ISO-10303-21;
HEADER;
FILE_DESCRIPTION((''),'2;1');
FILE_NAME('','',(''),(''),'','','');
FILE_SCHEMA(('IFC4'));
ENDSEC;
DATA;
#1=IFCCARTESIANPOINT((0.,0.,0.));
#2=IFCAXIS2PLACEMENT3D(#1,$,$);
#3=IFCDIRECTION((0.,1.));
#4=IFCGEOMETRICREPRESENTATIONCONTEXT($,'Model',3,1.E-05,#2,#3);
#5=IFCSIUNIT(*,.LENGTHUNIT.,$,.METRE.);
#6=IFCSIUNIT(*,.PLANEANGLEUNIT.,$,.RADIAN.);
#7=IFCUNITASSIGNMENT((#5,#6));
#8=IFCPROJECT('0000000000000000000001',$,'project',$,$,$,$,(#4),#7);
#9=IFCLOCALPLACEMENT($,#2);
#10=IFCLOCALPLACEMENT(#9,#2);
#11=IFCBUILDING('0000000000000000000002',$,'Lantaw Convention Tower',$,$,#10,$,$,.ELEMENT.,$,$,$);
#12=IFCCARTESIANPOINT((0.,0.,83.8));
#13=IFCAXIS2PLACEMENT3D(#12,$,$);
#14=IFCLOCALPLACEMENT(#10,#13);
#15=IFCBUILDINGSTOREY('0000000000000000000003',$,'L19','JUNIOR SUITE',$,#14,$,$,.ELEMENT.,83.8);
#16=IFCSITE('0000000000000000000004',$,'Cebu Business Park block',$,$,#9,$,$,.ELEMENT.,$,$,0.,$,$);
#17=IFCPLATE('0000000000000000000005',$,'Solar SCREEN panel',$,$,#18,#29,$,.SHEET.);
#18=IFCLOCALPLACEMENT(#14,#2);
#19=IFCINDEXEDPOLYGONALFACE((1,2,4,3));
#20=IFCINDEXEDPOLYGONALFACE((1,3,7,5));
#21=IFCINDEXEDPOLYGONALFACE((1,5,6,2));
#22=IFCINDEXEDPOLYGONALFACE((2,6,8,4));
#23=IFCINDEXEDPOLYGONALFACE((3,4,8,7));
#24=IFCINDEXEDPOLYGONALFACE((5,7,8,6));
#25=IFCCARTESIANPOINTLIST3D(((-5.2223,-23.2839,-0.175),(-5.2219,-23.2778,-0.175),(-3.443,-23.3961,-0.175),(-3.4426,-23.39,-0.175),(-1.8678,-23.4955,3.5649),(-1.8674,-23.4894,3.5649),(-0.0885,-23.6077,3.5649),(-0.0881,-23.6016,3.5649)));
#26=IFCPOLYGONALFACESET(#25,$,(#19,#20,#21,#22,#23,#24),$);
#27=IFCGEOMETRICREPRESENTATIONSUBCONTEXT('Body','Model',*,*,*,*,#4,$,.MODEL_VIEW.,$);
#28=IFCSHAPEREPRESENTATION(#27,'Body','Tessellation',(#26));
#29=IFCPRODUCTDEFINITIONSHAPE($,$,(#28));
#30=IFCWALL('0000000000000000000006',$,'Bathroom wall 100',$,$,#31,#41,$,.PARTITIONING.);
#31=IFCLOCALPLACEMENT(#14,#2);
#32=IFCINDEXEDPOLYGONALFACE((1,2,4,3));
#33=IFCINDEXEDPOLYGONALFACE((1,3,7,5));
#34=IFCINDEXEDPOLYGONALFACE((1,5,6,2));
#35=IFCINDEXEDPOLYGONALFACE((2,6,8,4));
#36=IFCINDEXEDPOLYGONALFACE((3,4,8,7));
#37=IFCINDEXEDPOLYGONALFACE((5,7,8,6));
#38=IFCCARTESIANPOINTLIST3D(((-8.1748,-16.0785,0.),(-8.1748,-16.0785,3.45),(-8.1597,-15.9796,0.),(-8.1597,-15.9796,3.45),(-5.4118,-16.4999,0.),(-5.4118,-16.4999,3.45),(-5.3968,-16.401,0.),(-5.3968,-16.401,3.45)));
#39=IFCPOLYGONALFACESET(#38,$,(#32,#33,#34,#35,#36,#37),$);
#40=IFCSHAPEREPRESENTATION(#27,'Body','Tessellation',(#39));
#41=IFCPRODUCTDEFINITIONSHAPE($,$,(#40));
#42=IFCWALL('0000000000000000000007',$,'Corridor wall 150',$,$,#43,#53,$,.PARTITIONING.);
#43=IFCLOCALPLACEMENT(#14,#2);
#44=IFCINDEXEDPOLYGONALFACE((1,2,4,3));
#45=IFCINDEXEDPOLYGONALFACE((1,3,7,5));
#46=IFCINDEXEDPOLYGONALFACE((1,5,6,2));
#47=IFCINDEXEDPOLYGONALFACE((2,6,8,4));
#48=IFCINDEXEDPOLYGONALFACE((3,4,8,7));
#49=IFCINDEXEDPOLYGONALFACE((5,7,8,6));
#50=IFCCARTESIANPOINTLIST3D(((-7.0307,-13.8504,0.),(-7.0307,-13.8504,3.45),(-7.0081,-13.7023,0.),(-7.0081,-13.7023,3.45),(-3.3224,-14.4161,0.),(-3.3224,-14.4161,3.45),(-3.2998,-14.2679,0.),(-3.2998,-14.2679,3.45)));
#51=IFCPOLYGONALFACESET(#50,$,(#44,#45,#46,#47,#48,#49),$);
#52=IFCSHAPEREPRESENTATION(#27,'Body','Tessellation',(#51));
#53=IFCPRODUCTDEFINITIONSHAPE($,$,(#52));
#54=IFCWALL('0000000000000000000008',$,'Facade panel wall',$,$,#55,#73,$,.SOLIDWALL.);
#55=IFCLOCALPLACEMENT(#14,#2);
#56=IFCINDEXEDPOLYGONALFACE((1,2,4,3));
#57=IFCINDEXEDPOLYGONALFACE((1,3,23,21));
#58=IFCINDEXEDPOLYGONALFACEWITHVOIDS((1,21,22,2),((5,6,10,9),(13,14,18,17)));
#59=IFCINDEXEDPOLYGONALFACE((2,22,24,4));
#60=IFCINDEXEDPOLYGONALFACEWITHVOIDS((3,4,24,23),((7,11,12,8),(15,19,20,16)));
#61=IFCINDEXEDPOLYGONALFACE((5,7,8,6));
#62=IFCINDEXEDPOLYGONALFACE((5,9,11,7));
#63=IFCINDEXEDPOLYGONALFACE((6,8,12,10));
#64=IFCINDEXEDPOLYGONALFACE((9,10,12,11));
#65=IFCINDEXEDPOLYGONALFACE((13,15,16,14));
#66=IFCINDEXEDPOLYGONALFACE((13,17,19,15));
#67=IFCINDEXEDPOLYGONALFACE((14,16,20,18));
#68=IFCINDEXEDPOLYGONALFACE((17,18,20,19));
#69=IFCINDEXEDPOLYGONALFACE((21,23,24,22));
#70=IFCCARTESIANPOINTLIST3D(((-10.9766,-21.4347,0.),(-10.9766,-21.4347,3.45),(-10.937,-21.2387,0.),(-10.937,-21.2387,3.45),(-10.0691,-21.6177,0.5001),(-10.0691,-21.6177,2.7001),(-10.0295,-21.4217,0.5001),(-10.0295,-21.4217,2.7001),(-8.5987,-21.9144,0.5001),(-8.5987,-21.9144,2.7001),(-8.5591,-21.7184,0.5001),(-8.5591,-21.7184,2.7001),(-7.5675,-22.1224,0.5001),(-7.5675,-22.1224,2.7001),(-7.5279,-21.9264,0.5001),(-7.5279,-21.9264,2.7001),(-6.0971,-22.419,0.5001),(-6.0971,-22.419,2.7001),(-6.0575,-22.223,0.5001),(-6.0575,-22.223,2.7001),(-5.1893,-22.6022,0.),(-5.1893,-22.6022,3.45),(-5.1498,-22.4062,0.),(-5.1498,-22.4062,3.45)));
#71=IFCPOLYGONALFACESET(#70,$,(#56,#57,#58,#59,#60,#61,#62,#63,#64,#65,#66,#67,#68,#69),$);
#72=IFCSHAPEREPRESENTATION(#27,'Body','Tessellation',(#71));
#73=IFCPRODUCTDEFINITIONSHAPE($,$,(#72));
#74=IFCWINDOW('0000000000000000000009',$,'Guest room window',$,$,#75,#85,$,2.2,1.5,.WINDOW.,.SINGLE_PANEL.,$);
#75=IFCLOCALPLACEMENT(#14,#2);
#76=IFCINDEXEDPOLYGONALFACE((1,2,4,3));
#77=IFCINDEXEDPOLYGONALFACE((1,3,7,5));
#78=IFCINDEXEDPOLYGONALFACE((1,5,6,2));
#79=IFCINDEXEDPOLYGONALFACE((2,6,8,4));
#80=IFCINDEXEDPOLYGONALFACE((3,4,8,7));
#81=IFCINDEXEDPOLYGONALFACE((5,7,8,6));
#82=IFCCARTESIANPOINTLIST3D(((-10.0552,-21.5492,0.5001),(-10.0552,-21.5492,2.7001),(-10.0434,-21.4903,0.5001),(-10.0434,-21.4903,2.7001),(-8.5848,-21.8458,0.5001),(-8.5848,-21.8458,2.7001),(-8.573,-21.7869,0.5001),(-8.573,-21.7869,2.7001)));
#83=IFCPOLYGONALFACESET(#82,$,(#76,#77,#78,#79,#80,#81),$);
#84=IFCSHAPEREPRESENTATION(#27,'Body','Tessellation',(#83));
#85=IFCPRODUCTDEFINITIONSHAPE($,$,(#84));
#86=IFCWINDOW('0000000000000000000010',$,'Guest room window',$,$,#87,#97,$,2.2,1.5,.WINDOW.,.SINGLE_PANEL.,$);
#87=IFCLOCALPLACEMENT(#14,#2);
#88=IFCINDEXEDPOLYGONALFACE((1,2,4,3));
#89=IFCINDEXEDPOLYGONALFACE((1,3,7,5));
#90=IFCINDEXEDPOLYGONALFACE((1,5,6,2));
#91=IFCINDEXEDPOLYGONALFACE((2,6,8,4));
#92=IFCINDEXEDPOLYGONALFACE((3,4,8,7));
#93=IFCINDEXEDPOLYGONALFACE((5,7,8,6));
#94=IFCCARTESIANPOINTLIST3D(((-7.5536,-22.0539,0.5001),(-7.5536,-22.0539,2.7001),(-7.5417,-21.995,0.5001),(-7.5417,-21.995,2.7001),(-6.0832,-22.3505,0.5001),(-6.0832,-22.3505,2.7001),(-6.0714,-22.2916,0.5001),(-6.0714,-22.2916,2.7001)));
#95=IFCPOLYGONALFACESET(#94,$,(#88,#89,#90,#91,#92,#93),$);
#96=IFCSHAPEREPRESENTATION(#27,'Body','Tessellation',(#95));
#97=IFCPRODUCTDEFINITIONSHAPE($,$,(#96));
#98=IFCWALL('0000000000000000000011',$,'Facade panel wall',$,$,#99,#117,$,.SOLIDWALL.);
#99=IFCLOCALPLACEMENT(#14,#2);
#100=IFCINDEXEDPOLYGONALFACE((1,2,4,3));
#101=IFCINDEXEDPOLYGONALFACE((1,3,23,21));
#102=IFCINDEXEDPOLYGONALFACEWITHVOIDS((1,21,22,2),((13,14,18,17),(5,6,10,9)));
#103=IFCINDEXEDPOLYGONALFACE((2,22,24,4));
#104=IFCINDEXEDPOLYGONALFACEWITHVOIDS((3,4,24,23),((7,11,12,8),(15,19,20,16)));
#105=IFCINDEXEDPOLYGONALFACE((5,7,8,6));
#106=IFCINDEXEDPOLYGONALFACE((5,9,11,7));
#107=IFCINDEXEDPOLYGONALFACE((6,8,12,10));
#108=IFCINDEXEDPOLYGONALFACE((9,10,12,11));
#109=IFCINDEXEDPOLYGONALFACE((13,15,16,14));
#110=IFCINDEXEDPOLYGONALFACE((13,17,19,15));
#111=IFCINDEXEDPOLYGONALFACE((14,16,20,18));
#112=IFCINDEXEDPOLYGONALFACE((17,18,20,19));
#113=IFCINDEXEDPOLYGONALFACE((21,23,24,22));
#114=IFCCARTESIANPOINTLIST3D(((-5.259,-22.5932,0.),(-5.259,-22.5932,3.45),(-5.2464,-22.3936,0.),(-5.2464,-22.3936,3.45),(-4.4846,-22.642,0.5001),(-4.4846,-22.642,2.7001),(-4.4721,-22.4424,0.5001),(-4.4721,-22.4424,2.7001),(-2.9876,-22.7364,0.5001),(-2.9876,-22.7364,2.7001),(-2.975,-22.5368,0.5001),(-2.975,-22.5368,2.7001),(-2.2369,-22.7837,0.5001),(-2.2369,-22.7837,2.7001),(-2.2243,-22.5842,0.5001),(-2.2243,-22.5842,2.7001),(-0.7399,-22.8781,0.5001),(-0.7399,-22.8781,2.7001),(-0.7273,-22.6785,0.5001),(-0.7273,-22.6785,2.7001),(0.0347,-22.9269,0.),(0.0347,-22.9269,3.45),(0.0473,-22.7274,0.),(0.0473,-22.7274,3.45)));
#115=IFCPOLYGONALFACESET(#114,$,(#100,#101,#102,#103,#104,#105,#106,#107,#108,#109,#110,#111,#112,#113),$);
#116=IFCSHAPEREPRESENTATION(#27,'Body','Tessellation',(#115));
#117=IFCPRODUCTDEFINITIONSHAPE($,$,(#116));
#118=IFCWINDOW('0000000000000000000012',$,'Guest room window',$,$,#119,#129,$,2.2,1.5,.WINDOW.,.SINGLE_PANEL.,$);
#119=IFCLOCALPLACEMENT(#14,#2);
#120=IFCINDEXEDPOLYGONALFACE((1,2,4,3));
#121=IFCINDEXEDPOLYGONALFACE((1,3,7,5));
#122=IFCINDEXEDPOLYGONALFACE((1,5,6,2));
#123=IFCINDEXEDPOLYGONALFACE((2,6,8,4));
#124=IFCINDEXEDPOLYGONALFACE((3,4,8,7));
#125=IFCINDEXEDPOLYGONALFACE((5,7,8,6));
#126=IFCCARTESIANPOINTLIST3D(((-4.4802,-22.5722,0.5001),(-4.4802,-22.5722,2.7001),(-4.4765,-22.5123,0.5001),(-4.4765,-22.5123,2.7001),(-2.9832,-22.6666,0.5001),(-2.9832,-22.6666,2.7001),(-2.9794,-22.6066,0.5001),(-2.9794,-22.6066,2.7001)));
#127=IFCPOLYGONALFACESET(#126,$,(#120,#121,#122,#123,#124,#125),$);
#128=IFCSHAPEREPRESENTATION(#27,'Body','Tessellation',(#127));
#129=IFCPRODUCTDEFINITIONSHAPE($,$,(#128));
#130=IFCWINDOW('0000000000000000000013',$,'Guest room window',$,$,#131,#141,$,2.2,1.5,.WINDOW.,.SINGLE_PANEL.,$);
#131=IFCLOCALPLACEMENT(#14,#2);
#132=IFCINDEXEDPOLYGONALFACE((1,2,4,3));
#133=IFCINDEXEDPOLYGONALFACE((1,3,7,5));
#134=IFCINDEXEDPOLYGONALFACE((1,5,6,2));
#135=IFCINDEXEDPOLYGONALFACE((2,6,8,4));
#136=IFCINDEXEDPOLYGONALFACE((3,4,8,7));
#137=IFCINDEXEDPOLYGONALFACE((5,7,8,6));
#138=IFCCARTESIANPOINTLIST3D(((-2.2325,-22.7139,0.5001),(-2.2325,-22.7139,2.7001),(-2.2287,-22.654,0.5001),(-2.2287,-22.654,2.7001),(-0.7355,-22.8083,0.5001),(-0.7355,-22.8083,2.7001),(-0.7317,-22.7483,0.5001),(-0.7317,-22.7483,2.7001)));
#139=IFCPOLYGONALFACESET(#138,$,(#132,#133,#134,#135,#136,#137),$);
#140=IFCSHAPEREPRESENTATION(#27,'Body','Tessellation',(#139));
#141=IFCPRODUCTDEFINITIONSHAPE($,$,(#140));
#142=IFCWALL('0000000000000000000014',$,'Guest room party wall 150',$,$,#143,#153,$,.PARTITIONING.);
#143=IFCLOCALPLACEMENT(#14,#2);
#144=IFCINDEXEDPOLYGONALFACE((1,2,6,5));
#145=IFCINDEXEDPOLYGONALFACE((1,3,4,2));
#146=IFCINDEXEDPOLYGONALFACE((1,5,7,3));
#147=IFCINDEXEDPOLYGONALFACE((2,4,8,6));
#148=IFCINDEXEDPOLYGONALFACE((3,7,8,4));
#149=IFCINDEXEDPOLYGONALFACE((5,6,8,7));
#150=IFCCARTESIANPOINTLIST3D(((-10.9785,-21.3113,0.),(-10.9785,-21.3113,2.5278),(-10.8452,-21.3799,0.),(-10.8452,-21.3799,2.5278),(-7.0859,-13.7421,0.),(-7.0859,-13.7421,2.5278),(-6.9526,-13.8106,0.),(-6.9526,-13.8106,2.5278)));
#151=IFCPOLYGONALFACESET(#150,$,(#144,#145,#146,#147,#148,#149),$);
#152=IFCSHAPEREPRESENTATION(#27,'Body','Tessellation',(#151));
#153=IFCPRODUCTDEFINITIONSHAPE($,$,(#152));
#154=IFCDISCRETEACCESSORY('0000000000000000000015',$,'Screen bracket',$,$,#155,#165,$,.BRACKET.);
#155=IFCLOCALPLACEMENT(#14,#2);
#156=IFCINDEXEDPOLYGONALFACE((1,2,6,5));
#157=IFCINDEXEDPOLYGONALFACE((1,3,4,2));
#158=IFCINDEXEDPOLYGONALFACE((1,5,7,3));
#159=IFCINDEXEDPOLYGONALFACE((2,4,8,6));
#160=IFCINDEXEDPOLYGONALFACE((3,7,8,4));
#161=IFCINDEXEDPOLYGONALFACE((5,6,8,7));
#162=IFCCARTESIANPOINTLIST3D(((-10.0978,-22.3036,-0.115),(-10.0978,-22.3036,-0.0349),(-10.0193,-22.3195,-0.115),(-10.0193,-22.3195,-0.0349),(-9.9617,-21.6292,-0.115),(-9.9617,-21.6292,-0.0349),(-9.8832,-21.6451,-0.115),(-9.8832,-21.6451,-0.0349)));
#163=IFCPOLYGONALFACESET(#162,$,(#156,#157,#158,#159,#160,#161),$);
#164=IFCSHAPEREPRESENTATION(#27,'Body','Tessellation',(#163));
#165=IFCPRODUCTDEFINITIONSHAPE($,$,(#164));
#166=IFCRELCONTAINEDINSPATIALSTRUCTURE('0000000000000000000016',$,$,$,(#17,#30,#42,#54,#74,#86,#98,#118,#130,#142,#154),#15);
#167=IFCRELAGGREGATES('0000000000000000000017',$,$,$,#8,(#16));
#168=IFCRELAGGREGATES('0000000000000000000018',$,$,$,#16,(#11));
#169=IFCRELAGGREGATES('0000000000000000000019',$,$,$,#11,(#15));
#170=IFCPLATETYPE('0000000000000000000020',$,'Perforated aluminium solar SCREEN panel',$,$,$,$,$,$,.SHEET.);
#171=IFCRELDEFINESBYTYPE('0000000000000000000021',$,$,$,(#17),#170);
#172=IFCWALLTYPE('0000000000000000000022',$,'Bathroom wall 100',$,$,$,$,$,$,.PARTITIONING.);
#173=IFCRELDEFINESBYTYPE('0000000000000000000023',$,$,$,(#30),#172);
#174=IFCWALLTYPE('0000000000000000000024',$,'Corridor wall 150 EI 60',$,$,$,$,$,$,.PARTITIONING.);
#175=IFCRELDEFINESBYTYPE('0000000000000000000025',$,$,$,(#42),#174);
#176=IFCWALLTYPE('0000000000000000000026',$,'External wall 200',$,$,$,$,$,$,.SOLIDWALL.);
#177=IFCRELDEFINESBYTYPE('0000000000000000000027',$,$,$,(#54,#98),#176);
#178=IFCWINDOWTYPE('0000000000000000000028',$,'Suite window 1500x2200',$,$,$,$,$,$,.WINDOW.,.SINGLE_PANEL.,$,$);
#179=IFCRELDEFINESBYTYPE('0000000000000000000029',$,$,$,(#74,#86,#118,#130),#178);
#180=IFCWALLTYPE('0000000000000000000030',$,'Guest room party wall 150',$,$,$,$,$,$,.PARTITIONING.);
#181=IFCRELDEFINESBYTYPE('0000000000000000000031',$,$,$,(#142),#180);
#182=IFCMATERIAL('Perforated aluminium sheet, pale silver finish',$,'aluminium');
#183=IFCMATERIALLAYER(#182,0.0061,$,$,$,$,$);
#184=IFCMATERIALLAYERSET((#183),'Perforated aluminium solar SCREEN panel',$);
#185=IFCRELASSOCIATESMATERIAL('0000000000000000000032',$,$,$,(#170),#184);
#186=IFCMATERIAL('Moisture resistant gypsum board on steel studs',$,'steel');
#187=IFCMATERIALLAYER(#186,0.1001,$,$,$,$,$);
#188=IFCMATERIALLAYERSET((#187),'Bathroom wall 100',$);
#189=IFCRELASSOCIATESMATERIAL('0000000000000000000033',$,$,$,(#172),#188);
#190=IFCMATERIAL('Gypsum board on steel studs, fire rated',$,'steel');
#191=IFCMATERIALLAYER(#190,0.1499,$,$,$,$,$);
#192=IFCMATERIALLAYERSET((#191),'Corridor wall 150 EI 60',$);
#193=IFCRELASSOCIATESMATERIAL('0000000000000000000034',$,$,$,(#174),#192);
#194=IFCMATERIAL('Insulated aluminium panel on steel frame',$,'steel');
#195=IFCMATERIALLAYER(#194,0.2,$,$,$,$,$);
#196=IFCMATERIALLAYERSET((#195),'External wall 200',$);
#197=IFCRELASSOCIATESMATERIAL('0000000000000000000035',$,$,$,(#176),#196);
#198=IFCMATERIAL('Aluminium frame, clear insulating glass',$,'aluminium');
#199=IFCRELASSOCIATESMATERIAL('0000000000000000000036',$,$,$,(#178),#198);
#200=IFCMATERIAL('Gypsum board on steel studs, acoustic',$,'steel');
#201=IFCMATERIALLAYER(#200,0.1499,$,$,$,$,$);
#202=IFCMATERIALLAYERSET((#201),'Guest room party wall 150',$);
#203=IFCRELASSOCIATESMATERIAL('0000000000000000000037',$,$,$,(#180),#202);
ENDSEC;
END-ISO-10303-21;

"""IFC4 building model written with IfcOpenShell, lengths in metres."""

from ifc_helpers import new_model, si_unit, direction, frame, frame_2d, origin, origin_2d, place, context, subcontext, project, spatial, polyline, rectangle, outline, extrude, material, layer, layer_set, type_object, element, fill, save


model = new_model("IFC4")

# Units and contexts
model_context = context("Model", 3, precision=1e-05, world=origin(), true_north=direction((0.0, 1.0)))
body_context = subcontext(model_context, "Body", "Model", "MODEL_VIEW")
ifc_project = project(units=[si_unit("LENGTHUNIT", "METRE"), si_unit("PLANEANGLEUNIT", "RADIAN")], contexts=[model_context])

# Site, building, storey
site_placement = place(None, origin())
site = spatial("IfcSite", under=ifc_project, at=site_placement, Name="Cebu Business Park block", CompositionType="ELEMENT", RefElevation=0.0)
building_placement = place(site_placement, origin())
building = spatial("IfcBuilding", under=site, at=building_placement, Name="Lantaw Convention Tower", CompositionType="ELEMENT")
storey_placement = place(building_placement, frame((0.0, 0.0, 83.8)))
storey = spatial("IfcBuildingStorey", under=building, at=storey_placement, Name="L19", Description="JUNIOR SUITE", CompositionType="ELEMENT", Elevation=83.8)

# Plate
ifc_material_1 = material(Name="Perforated aluminium sheet, pale silver finish", Category="aluminium")
ifc_layer_1 = layer(ifc_material_1, 0.0061)
ifc_layer_set_1 = layer_set([ifc_layer_1], Name="Perforated aluminium solar SCREEN panel")
plate_type = type_object("IfcPlateType", Name="Perforated aluminium solar SCREEN panel", PredefinedType="SHEET", material=ifc_layer_set_1)
plate_1_placement = place(storey_placement, frame((-5.2219, -23.2778, -0.175), z_axis=(0.062924, 0.998018, 0.000014), x_axis=(0.998018, -0.062924, 0.0)))
element("IfcPlate", 1, at=plate_1_placement, inside=storey, type_object=plate_type, Name="Solar SCREEN panel", PredefinedType="SHEET", context=body_context, shape_type="SweptSolid", body=[
    extrude(outline(polyline([(0.0, 0.0), (1.7828, 0.0), (5.144, -3.74), (3.3612, -3.74), (0.0, 0.0)])), origin(), (0.0, 0.0, -1.0), 0.0061),
])

# Walls
ifc_material_2 = material(Name="Moisture resistant gypsum board on steel studs", Category="steel")
ifc_layer_2 = layer(ifc_material_2, 0.1001)
ifc_layer_set_2 = layer_set([ifc_layer_2], Name="Bathroom wall 100")
wall_type_1 = type_object("IfcWallType", Name="Bathroom wall 100", PredefinedType="PARTITIONING", material=ifc_layer_set_2)
wall_1_placement = place(storey_placement, frame((-5.4043, -16.4504, 0.0), z_axis=(0.0, 0.0, 1.0), x_axis=(-0.988569, 0.15077, 0.0)))
element("IfcWall", 2, at=wall_1_placement, inside=storey, type_object=wall_type_1, Name="Bathroom wall 100", PredefinedType="PARTITIONING", context=body_context, shape_type="SweptSolid", body=[
    extrude(rectangle(XDim=2.7949, YDim=0.1001, at=frame_2d((1.3975, 0.0))), origin(), (0.0, 0.0, 1.0), 3.45),
])
ifc_material_3 = material(Name="Gypsum board on steel studs, fire rated", Category="steel")
ifc_layer_3 = layer(ifc_material_3, 0.1499)
ifc_layer_set_3 = layer_set([ifc_layer_3], Name="Corridor wall 150 EI 60")
wall_type_2 = type_object("IfcWallType", Name="Corridor wall 150 EI 60", PredefinedType="PARTITIONING", material=ifc_layer_set_3)
wall_2_placement = place(storey_placement, frame((-7.0193, -13.7764, 0.0), z_axis=(0.0, 0.0, 1.0), x_axis=(0.988564, -0.1508, 0.0)))
element("IfcWall", 3, at=wall_2_placement, inside=storey, type_object=wall_type_2, Name="Corridor wall 150", PredefinedType="PARTITIONING", context=body_context, shape_type="SweptSolid", body=[
    extrude(rectangle(XDim=3.7512, YDim=0.1499, at=frame_2d((1.8755, 0.0))), origin(), (0.0, 0.0, 1.0), 3.45),
])

# Walls, openings, windows
ifc_material_4 = material(Name="Insulated aluminium panel on steel frame", Category="steel")
ifc_layer_4 = layer(ifc_material_4, 0.2)
ifc_layer_set_4 = layer_set([ifc_layer_4], Name="External wall 200")
wall_type_3 = type_object("IfcWallType", Name="External wall 200", PredefinedType="SOLIDWALL", material=ifc_layer_set_4)
wall_3_placement = place(storey_placement, frame((-10.9568, -21.3367, 0.0), z_axis=(0.0, 0.0, 1.0), x_axis=(0.980252, -0.197754, 0.0)))
wall_3 = element("IfcWall", 4, at=wall_3_placement, inside=storey, type_object=wall_type_3, Name="Facade panel wall", PredefinedType="SOLIDWALL", context=body_context, shape_type="SweptSolid", body=[
    extrude(rectangle(XDim=5.9038, YDim=0.2, at=frame_2d((2.9519, 0.0))), origin(), (0.0, 0.0, 1.0), 3.45),
])
opening_1_placement = place(wall_3_placement, frame((0.9258, 0.0, 0.5)))
opening_1 = element("IfcOpeningElement", 5, at=opening_1_placement, cuts=wall_3, PredefinedType="OPENING", context=body_context, shape_type="SweptSolid", body=[
    extrude(rectangle(XDim=1.5, YDim=2.2, at=frame_2d((0.75, 1.1001))), frame((0.0, 0.1099, 0.0), z_axis=(0.0, -1.0, 0.0), x_axis=(1.0, 0.0, 0.0)), (0.0, 0.0, 1.0), 0.22),
])
opening_2_placement = place(wall_3_placement, frame((3.4778, 0.0, 0.5)))
opening_2 = element("IfcOpeningElement", 6, at=opening_2_placement, cuts=wall_3, PredefinedType="OPENING", context=body_context, shape_type="SweptSolid", body=[
    extrude(rectangle(XDim=1.5, YDim=2.2, at=frame_2d((0.75, 1.1001))), frame((0.0, 0.1099, 0.0), z_axis=(0.0, -1.0, 0.0), x_axis=(1.0, 0.0, 0.0)), (0.0, 0.0, 1.0), 0.22),
])
ifc_material_5 = material(Name="Aluminium frame, clear insulating glass", Category="aluminium")
window_type = type_object("IfcWindowType", Name="Suite window 1500x2200", PartitioningType="SINGLE_PANEL", PredefinedType="WINDOW", material=ifc_material_5)
window_1_placement = place(opening_1_placement, origin())
window_1 = element("IfcWindow", 7, at=window_1_placement, inside=storey, type_object=window_type, Name="Guest room window", OverallHeight=2.2, OverallWidth=1.5, PartitioningType="SINGLE_PANEL", PredefinedType="WINDOW", context=body_context, shape_type="SweptSolid", body=[
    extrude(rectangle(XDim=1.5, YDim=2.2, at=frame_2d((0.75, 1.1001))), frame((0.0, 0.03, 0.0), z_axis=(0.0, -1.0, 0.0), x_axis=(1.0, 0.0, 0.0)), (0.0, 0.0, 1.0), 0.0601),
])
fill(opening_1, window_1)
window_2_placement = place(opening_2_placement, origin())
window_2 = element("IfcWindow", 8, at=window_2_placement, inside=storey, type_object=window_type, Name="Guest room window", OverallHeight=2.2, OverallWidth=1.5, PartitioningType="SINGLE_PANEL", PredefinedType="WINDOW", context=body_context, shape_type="SweptSolid", body=[
    extrude(rectangle(XDim=1.5, YDim=2.2, at=frame_2d((0.75, 1.1001))), frame((0.0, 0.03, 0.0), z_axis=(0.0, -1.0, 0.0), x_axis=(1.0, 0.0, 0.0)), (0.0, 0.0, 1.0), 0.0601),
])
fill(opening_2, window_2)
wall_4_placement = place(storey_placement, frame((-5.2527, -22.4934, 0.0), z_axis=(0.0, 0.0, 1.0), x_axis=(0.998019, -0.06292, 0.0)))
wall_4 = element("IfcWall", 9, at=wall_4_placement, inside=storey, type_object=wall_type_3, Name="Facade panel wall", PredefinedType="SOLIDWALL", context=body_context, shape_type="SweptSolid", body=[
    extrude(rectangle(XDim=5.3042, YDim=0.2, at=frame_2d((2.6521, 0.0))), origin(), (0.0, 0.0, 1.0), 3.45),
])
opening_3_placement = place(wall_4_placement, frame((0.7759, 0.0, 0.5)))
opening_3 = element("IfcOpeningElement", 10, at=opening_3_placement, cuts=wall_4, PredefinedType="OPENING", context=body_context, shape_type="SweptSolid", body=[
    extrude(rectangle(XDim=1.5, YDim=2.2, at=frame_2d((0.75, 1.1001))), frame((0.0, 0.1099, 0.0), z_axis=(0.0, -1.0, 0.0), x_axis=(1.0, 0.0, 0.0)), (0.0, 0.0, 1.0), 0.22),
])
opening_4_placement = place(wall_4_placement, frame((3.0281, 0.0, 0.5)))
opening_4 = element("IfcOpeningElement", 11, at=opening_4_placement, cuts=wall_4, PredefinedType="OPENING", context=body_context, shape_type="SweptSolid", body=[
    extrude(rectangle(XDim=1.5, YDim=2.2, at=frame_2d((0.75, 1.1001))), frame((0.0, 0.1099, 0.0), z_axis=(0.0, -1.0, 0.0), x_axis=(1.0, 0.0, 0.0)), (0.0, 0.0, 1.0), 0.22),
])
window_3_placement = place(opening_3_placement, origin())
window_3 = element("IfcWindow", 12, at=window_3_placement, inside=storey, type_object=window_type, Name="Guest room window", OverallHeight=2.2, OverallWidth=1.5, PartitioningType="SINGLE_PANEL", PredefinedType="WINDOW", context=body_context, shape_type="SweptSolid", body=[
    extrude(rectangle(XDim=1.5, YDim=2.2, at=frame_2d((0.75, 1.1001))), frame((0.0, 0.03, 0.0), z_axis=(0.0, -1.0, 0.0), x_axis=(1.0, 0.0, 0.0)), (0.0, 0.0, 1.0), 0.0601),
])
fill(opening_3, window_3)
window_4_placement = place(opening_4_placement, origin())
window_4 = element("IfcWindow", 13, at=window_4_placement, inside=storey, type_object=window_type, Name="Guest room window", OverallHeight=2.2, OverallWidth=1.5, PartitioningType="SINGLE_PANEL", PredefinedType="WINDOW", context=body_context, shape_type="SweptSolid", body=[
    extrude(rectangle(XDim=1.5, YDim=2.2, at=frame_2d((0.75, 1.1001))), frame((0.0, 0.03, 0.0), z_axis=(0.0, -1.0, 0.0), x_axis=(1.0, 0.0, 0.0)), (0.0, 0.0, 1.0), 0.0601),
])
fill(opening_4, window_4)

# Wall
ifc_material_6 = material(Name="Gypsum board on steel studs, acoustic", Category="steel")
ifc_layer_5 = layer(ifc_material_6, 0.1499)
ifc_layer_set_5 = layer_set([ifc_layer_5], Name="Guest room party wall 150")
wall_type_4 = type_object("IfcWallType", Name="Guest room party wall 150", PredefinedType="PARTITIONING", material=ifc_layer_set_5)
wall_5_placement = place(storey_placement, frame((-10.9119, -21.3457, 0.0), z_axis=(0.0, 0.0, 1.0), x_axis=(0.457327, 0.889298, 0.0)))
element("IfcWall", 14, at=wall_5_placement, inside=storey, type_object=wall_type_4, Name="Guest room party wall 150", PredefinedType="PARTITIONING", context=body_context, shape_type="SweptSolid", body=[
    extrude(rectangle(XDim=8.5115, YDim=0.1499, at=frame_2d((4.2559, 0.0))), origin(), (0.0, 0.0, 1.0), 2.5278),
])

# Discrete accessory
discrete_accessory_placement = place(storey_placement, frame((-9.9905, -21.9744, -0.115), z_axis=(0.0, 0.0, 1.0), x_axis=(0.980245, -0.197789, 0.0)))
element("IfcDiscreteAccessory", 15, at=discrete_accessory_placement, inside=storey, Name="Screen bracket", PredefinedType="BRACKET", context=body_context, shape_type="SweptSolid", body=[
    extrude(rectangle(XDim=0.0801, YDim=0.688, at=origin_2d()), origin(), (0.0, 0.0, 1.0), 0.0801),
])

save(model, "model.ifc")
